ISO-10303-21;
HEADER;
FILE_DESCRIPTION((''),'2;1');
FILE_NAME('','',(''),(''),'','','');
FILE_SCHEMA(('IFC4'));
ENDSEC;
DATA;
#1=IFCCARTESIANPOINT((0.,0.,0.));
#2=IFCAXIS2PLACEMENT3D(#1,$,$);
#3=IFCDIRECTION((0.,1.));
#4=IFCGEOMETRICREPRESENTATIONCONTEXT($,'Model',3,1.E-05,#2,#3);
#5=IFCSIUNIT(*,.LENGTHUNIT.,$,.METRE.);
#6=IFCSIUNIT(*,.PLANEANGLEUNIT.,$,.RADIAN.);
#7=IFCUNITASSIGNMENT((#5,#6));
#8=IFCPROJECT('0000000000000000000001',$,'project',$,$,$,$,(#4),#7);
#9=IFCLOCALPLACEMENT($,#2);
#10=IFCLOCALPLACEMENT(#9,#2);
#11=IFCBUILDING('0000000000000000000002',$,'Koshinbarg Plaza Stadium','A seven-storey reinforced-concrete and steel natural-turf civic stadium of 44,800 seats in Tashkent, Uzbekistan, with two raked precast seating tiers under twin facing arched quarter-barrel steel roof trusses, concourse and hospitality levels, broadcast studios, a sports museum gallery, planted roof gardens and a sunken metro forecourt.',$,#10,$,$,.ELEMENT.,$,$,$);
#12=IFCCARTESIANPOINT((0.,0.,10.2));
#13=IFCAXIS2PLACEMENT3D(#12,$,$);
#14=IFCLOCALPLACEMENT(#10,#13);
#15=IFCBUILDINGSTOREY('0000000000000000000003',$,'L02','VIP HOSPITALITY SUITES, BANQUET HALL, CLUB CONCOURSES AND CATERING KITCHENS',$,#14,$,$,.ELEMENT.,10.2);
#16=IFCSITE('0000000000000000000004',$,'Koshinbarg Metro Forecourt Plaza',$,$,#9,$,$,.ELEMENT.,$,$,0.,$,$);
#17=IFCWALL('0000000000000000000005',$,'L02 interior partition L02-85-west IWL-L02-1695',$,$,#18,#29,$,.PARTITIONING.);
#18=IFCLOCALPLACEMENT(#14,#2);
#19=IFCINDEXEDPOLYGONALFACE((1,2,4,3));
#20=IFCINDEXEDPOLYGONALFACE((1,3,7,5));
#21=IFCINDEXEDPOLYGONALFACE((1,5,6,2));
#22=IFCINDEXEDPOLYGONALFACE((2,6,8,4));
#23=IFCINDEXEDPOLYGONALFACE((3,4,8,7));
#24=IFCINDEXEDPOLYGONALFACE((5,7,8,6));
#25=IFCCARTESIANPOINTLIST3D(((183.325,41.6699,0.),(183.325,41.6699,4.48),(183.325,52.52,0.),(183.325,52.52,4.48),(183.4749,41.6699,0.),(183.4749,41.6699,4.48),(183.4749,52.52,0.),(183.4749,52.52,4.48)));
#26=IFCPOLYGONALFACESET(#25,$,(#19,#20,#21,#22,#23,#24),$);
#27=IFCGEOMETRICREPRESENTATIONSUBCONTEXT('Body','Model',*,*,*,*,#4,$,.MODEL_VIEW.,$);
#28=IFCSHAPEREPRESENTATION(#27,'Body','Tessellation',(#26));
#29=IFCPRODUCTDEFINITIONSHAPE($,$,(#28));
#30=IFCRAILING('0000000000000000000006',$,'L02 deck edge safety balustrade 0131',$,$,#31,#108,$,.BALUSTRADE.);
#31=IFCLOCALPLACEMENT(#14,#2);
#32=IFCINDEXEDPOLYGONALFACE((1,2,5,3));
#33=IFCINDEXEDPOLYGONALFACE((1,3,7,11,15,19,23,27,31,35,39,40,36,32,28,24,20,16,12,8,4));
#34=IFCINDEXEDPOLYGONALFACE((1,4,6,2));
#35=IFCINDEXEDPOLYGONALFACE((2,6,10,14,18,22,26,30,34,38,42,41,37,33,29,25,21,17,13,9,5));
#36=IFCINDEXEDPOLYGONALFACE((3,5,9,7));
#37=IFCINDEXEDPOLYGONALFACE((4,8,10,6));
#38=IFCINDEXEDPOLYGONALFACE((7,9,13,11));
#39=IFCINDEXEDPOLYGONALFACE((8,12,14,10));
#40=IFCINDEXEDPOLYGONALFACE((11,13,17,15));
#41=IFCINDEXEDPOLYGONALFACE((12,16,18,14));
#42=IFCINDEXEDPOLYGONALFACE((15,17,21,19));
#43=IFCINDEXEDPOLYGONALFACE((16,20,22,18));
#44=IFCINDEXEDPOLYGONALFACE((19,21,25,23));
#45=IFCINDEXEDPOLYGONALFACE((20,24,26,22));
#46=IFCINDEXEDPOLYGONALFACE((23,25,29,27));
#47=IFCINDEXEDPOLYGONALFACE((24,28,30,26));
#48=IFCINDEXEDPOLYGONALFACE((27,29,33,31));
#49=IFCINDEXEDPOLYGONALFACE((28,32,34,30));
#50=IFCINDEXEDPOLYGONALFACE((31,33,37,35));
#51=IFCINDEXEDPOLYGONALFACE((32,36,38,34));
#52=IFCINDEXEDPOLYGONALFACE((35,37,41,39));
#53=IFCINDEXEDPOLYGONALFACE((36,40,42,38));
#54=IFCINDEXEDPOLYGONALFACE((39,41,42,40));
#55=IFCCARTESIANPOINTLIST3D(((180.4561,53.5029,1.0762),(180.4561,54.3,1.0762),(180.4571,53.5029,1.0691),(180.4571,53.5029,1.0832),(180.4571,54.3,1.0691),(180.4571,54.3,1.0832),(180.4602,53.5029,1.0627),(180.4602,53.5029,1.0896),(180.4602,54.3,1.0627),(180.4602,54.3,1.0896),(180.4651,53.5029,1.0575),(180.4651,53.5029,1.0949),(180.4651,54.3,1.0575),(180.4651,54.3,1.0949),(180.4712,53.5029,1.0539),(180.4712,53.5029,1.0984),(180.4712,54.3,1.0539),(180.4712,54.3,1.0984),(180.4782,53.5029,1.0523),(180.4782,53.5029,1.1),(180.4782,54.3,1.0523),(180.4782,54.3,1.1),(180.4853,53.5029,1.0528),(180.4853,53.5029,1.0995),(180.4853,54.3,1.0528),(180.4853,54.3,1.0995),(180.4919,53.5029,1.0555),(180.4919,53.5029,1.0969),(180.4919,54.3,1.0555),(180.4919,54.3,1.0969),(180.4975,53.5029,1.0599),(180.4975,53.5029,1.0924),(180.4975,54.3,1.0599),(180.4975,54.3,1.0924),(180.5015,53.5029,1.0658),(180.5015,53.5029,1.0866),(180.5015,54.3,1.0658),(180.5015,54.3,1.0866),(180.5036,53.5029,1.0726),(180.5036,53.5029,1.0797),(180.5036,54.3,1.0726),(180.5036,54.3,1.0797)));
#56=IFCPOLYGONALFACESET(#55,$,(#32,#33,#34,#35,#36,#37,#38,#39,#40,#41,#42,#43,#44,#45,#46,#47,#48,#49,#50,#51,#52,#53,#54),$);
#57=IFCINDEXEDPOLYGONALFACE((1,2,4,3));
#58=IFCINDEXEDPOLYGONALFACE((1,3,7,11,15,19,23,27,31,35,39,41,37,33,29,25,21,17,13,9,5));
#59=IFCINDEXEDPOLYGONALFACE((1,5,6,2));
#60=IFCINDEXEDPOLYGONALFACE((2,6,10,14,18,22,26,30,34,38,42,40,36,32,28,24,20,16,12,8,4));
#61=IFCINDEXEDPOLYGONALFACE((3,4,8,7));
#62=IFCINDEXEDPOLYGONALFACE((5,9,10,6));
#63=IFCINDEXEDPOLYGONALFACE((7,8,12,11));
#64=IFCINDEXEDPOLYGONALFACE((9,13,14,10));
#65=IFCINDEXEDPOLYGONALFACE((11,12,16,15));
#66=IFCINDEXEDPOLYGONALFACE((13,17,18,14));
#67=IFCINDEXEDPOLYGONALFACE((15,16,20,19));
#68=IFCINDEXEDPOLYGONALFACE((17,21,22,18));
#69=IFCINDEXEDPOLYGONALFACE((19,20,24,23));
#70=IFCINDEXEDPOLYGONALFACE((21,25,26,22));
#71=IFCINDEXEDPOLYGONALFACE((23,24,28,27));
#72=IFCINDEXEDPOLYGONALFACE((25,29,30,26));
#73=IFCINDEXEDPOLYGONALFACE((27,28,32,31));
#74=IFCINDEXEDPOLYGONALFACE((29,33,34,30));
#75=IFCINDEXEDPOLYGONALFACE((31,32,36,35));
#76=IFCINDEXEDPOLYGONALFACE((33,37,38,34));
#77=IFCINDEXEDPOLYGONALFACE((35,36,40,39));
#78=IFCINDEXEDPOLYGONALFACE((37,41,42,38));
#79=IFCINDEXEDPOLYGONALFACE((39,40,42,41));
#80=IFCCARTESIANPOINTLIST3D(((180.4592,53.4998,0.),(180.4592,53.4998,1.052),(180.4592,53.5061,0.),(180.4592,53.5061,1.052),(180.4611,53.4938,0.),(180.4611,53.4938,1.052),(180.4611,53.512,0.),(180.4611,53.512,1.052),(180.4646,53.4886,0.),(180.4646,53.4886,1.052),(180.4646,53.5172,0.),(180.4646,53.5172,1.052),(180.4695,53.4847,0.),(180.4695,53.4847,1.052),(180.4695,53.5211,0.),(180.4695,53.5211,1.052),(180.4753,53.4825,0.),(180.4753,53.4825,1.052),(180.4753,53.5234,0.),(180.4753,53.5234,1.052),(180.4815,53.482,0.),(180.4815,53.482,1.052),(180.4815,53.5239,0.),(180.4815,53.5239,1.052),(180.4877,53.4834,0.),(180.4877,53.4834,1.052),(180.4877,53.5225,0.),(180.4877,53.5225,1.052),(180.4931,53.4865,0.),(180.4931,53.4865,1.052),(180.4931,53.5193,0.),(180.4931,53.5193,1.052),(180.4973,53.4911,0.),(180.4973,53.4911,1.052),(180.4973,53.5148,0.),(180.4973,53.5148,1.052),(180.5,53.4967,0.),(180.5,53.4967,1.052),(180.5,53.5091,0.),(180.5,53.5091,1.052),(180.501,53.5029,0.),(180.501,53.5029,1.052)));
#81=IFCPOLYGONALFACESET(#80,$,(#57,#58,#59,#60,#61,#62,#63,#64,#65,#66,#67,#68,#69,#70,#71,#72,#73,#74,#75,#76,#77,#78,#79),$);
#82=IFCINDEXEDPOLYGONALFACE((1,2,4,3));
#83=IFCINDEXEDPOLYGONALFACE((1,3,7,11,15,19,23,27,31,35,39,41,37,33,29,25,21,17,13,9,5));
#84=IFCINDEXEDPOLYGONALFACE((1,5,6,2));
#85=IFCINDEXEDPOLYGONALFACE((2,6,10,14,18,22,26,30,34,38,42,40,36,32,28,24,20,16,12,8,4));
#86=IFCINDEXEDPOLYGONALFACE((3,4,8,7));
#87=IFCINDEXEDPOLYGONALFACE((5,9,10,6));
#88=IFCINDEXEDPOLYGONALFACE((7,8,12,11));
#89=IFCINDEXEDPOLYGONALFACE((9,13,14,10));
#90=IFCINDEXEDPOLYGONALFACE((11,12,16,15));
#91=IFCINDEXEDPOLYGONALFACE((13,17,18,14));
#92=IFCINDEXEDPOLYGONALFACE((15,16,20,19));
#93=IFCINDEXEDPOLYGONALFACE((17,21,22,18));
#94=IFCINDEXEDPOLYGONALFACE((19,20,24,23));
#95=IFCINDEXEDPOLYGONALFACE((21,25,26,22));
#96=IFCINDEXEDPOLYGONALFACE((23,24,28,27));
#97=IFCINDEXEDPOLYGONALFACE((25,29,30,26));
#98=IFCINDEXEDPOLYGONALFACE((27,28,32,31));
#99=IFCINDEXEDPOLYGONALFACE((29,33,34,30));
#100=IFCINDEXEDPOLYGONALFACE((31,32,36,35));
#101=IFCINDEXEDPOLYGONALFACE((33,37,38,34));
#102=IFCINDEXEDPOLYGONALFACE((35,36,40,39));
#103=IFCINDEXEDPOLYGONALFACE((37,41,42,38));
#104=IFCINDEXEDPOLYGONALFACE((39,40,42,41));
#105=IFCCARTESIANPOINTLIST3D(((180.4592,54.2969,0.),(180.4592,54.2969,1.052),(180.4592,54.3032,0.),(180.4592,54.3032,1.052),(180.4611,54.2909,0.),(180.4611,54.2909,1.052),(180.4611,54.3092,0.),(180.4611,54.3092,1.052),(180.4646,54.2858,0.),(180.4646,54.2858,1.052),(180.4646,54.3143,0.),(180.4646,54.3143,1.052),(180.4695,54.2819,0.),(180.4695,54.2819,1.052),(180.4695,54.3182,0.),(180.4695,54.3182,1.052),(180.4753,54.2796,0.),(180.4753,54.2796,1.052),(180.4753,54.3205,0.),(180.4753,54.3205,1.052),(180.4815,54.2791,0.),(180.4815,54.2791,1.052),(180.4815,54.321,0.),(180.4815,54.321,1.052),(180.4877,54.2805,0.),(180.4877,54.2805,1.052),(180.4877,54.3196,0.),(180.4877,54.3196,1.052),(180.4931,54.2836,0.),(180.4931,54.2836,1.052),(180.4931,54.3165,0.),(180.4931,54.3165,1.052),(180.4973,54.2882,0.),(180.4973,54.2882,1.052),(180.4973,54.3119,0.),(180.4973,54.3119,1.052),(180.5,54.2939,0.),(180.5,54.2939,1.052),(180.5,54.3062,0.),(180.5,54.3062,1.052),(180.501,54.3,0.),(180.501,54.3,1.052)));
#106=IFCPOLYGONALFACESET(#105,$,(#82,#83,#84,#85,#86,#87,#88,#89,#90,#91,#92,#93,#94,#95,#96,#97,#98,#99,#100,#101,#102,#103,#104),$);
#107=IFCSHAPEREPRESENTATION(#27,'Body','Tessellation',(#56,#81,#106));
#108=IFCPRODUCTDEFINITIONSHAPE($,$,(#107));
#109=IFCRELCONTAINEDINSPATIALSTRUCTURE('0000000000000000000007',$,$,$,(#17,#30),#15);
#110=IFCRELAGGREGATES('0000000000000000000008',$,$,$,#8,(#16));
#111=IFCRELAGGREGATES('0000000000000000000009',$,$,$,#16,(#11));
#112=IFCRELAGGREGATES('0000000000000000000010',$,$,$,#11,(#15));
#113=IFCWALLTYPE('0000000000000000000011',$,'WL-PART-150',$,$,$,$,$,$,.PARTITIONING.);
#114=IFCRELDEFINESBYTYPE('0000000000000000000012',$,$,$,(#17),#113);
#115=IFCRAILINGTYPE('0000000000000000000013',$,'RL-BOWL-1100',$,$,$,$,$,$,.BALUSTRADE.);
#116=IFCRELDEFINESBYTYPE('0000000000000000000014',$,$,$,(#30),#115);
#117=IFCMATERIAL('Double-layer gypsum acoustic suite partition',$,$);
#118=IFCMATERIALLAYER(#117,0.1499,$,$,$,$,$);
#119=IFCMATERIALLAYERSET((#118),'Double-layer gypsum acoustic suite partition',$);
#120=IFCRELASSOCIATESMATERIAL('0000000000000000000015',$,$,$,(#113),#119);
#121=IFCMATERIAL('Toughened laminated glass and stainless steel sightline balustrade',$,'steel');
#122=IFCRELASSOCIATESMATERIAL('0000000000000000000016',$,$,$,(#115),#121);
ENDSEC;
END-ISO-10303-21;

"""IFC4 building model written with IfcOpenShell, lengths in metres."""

from ifc_helpers import new_model, si_unit, direction, frame, frame_2d, origin, origin_2d, place, context, subcontext, project, spatial, rectangle, circle, extrude, material, layer, layer_set, type_object, element, save


model = new_model("IFC4")

# Units and contexts
model_context = context("Model", 3, precision=1e-05, world=origin(), true_north=direction((0.0, 1.0)))
body_context = subcontext(model_context, "Body", "Model", "MODEL_VIEW")
ifc_project = project(units=[si_unit("LENGTHUNIT", "METRE"), si_unit("PLANEANGLEUNIT", "RADIAN")], contexts=[model_context])

# Site, building, storey
site_placement = place(None, origin())
site = spatial("IfcSite", under=ifc_project, at=site_placement, Name="Koshinbarg Metro Forecourt Plaza", CompositionType="ELEMENT", RefElevation=0.0)
building_placement = place(site_placement, origin())
building = spatial("IfcBuilding", under=site, at=building_placement, Name="Koshinbarg Plaza Stadium", Description="A seven-storey reinforced-concrete and steel natural-turf civic stadium of 44,800 seats in Tashkent, Uzbekistan, with two raked precast seating tiers under twin facing arched quarter-barrel steel roof trusses, concourse and hospitality levels, broadcast studios, a sports museum gallery, planted roof gardens and a sunken metro forecourt.", CompositionType="ELEMENT")
storey_placement = place(building_placement, frame((0.0, 0.0, 10.2)))
storey = spatial("IfcBuildingStorey", under=building, at=storey_placement, Name="L02", Description="VIP HOSPITALITY SUITES, BANQUET HALL, CLUB CONCOURSES AND CATERING KITCHENS", CompositionType="ELEMENT", Elevation=10.2)

# Wall
ifc_material_1 = material(Name="Double-layer gypsum acoustic suite partition")
ifc_layer_1 = layer(ifc_material_1, 0.1499)
ifc_layer_set_1 = layer_set([ifc_layer_1], Name="Double-layer gypsum acoustic suite partition")
wall_type = type_object("IfcWallType", Name="WL-PART-150", PredefinedType="PARTITIONING", material=ifc_layer_set_1)
wall_placement = place(storey_placement, frame((183.3999, 52.52, 0.0), z_axis=(0.0, 0.0, 1.0), x_axis=(0.0, -1.0, 0.0)))
element("IfcWall", 1, at=wall_placement, inside=storey, type_object=wall_type, Name="L02 interior partition L02-85-west IWL-L02-1695", PredefinedType="PARTITIONING", context=body_context, shape_type="SweptSolid", body=[
    extrude(rectangle(XDim=10.8501, YDim=0.1499, at=frame_2d((5.425, 0.0))), origin(), (0.0, 0.0, 1.0), 4.48),
])

# Railing
ifc_material_2 = material(Name="Toughened laminated glass and stainless steel sightline balustrade", Category="steel")
railing_type = type_object("IfcRailingType", Name="RL-BOWL-1100", PredefinedType="BALUSTRADE", material=ifc_material_2)
railing_placement = place(storey_placement, frame((180.48, 53.5029, 0.0)))
element("IfcRailing", 2, at=railing_placement, inside=storey, type_object=railing_type, Name="L02 deck edge safety balustrade 0131", PredefinedType="BALUSTRADE", context=body_context, shape_type="SweptSolid", body=[
    extrude(circle(Radius=0.0239, at=origin_2d()), frame((0.0, 0.0, 1.0762), z_axis=(0.0, 1.0, 0.0), x_axis=(-1.0, 0.0, 0.0)), (0.0, 0.0, 1.0), 0.7971),
    extrude(circle(Radius=0.021, at=origin_2d()), origin(), (0.0, 0.0, 1.0), 1.052),
    extrude(circle(Radius=0.021, at=origin_2d()), frame((0.0, 0.7971, 0.0)), (0.0, 0.0, 1.0), 1.052),
])

save(model, "model.ifc")
